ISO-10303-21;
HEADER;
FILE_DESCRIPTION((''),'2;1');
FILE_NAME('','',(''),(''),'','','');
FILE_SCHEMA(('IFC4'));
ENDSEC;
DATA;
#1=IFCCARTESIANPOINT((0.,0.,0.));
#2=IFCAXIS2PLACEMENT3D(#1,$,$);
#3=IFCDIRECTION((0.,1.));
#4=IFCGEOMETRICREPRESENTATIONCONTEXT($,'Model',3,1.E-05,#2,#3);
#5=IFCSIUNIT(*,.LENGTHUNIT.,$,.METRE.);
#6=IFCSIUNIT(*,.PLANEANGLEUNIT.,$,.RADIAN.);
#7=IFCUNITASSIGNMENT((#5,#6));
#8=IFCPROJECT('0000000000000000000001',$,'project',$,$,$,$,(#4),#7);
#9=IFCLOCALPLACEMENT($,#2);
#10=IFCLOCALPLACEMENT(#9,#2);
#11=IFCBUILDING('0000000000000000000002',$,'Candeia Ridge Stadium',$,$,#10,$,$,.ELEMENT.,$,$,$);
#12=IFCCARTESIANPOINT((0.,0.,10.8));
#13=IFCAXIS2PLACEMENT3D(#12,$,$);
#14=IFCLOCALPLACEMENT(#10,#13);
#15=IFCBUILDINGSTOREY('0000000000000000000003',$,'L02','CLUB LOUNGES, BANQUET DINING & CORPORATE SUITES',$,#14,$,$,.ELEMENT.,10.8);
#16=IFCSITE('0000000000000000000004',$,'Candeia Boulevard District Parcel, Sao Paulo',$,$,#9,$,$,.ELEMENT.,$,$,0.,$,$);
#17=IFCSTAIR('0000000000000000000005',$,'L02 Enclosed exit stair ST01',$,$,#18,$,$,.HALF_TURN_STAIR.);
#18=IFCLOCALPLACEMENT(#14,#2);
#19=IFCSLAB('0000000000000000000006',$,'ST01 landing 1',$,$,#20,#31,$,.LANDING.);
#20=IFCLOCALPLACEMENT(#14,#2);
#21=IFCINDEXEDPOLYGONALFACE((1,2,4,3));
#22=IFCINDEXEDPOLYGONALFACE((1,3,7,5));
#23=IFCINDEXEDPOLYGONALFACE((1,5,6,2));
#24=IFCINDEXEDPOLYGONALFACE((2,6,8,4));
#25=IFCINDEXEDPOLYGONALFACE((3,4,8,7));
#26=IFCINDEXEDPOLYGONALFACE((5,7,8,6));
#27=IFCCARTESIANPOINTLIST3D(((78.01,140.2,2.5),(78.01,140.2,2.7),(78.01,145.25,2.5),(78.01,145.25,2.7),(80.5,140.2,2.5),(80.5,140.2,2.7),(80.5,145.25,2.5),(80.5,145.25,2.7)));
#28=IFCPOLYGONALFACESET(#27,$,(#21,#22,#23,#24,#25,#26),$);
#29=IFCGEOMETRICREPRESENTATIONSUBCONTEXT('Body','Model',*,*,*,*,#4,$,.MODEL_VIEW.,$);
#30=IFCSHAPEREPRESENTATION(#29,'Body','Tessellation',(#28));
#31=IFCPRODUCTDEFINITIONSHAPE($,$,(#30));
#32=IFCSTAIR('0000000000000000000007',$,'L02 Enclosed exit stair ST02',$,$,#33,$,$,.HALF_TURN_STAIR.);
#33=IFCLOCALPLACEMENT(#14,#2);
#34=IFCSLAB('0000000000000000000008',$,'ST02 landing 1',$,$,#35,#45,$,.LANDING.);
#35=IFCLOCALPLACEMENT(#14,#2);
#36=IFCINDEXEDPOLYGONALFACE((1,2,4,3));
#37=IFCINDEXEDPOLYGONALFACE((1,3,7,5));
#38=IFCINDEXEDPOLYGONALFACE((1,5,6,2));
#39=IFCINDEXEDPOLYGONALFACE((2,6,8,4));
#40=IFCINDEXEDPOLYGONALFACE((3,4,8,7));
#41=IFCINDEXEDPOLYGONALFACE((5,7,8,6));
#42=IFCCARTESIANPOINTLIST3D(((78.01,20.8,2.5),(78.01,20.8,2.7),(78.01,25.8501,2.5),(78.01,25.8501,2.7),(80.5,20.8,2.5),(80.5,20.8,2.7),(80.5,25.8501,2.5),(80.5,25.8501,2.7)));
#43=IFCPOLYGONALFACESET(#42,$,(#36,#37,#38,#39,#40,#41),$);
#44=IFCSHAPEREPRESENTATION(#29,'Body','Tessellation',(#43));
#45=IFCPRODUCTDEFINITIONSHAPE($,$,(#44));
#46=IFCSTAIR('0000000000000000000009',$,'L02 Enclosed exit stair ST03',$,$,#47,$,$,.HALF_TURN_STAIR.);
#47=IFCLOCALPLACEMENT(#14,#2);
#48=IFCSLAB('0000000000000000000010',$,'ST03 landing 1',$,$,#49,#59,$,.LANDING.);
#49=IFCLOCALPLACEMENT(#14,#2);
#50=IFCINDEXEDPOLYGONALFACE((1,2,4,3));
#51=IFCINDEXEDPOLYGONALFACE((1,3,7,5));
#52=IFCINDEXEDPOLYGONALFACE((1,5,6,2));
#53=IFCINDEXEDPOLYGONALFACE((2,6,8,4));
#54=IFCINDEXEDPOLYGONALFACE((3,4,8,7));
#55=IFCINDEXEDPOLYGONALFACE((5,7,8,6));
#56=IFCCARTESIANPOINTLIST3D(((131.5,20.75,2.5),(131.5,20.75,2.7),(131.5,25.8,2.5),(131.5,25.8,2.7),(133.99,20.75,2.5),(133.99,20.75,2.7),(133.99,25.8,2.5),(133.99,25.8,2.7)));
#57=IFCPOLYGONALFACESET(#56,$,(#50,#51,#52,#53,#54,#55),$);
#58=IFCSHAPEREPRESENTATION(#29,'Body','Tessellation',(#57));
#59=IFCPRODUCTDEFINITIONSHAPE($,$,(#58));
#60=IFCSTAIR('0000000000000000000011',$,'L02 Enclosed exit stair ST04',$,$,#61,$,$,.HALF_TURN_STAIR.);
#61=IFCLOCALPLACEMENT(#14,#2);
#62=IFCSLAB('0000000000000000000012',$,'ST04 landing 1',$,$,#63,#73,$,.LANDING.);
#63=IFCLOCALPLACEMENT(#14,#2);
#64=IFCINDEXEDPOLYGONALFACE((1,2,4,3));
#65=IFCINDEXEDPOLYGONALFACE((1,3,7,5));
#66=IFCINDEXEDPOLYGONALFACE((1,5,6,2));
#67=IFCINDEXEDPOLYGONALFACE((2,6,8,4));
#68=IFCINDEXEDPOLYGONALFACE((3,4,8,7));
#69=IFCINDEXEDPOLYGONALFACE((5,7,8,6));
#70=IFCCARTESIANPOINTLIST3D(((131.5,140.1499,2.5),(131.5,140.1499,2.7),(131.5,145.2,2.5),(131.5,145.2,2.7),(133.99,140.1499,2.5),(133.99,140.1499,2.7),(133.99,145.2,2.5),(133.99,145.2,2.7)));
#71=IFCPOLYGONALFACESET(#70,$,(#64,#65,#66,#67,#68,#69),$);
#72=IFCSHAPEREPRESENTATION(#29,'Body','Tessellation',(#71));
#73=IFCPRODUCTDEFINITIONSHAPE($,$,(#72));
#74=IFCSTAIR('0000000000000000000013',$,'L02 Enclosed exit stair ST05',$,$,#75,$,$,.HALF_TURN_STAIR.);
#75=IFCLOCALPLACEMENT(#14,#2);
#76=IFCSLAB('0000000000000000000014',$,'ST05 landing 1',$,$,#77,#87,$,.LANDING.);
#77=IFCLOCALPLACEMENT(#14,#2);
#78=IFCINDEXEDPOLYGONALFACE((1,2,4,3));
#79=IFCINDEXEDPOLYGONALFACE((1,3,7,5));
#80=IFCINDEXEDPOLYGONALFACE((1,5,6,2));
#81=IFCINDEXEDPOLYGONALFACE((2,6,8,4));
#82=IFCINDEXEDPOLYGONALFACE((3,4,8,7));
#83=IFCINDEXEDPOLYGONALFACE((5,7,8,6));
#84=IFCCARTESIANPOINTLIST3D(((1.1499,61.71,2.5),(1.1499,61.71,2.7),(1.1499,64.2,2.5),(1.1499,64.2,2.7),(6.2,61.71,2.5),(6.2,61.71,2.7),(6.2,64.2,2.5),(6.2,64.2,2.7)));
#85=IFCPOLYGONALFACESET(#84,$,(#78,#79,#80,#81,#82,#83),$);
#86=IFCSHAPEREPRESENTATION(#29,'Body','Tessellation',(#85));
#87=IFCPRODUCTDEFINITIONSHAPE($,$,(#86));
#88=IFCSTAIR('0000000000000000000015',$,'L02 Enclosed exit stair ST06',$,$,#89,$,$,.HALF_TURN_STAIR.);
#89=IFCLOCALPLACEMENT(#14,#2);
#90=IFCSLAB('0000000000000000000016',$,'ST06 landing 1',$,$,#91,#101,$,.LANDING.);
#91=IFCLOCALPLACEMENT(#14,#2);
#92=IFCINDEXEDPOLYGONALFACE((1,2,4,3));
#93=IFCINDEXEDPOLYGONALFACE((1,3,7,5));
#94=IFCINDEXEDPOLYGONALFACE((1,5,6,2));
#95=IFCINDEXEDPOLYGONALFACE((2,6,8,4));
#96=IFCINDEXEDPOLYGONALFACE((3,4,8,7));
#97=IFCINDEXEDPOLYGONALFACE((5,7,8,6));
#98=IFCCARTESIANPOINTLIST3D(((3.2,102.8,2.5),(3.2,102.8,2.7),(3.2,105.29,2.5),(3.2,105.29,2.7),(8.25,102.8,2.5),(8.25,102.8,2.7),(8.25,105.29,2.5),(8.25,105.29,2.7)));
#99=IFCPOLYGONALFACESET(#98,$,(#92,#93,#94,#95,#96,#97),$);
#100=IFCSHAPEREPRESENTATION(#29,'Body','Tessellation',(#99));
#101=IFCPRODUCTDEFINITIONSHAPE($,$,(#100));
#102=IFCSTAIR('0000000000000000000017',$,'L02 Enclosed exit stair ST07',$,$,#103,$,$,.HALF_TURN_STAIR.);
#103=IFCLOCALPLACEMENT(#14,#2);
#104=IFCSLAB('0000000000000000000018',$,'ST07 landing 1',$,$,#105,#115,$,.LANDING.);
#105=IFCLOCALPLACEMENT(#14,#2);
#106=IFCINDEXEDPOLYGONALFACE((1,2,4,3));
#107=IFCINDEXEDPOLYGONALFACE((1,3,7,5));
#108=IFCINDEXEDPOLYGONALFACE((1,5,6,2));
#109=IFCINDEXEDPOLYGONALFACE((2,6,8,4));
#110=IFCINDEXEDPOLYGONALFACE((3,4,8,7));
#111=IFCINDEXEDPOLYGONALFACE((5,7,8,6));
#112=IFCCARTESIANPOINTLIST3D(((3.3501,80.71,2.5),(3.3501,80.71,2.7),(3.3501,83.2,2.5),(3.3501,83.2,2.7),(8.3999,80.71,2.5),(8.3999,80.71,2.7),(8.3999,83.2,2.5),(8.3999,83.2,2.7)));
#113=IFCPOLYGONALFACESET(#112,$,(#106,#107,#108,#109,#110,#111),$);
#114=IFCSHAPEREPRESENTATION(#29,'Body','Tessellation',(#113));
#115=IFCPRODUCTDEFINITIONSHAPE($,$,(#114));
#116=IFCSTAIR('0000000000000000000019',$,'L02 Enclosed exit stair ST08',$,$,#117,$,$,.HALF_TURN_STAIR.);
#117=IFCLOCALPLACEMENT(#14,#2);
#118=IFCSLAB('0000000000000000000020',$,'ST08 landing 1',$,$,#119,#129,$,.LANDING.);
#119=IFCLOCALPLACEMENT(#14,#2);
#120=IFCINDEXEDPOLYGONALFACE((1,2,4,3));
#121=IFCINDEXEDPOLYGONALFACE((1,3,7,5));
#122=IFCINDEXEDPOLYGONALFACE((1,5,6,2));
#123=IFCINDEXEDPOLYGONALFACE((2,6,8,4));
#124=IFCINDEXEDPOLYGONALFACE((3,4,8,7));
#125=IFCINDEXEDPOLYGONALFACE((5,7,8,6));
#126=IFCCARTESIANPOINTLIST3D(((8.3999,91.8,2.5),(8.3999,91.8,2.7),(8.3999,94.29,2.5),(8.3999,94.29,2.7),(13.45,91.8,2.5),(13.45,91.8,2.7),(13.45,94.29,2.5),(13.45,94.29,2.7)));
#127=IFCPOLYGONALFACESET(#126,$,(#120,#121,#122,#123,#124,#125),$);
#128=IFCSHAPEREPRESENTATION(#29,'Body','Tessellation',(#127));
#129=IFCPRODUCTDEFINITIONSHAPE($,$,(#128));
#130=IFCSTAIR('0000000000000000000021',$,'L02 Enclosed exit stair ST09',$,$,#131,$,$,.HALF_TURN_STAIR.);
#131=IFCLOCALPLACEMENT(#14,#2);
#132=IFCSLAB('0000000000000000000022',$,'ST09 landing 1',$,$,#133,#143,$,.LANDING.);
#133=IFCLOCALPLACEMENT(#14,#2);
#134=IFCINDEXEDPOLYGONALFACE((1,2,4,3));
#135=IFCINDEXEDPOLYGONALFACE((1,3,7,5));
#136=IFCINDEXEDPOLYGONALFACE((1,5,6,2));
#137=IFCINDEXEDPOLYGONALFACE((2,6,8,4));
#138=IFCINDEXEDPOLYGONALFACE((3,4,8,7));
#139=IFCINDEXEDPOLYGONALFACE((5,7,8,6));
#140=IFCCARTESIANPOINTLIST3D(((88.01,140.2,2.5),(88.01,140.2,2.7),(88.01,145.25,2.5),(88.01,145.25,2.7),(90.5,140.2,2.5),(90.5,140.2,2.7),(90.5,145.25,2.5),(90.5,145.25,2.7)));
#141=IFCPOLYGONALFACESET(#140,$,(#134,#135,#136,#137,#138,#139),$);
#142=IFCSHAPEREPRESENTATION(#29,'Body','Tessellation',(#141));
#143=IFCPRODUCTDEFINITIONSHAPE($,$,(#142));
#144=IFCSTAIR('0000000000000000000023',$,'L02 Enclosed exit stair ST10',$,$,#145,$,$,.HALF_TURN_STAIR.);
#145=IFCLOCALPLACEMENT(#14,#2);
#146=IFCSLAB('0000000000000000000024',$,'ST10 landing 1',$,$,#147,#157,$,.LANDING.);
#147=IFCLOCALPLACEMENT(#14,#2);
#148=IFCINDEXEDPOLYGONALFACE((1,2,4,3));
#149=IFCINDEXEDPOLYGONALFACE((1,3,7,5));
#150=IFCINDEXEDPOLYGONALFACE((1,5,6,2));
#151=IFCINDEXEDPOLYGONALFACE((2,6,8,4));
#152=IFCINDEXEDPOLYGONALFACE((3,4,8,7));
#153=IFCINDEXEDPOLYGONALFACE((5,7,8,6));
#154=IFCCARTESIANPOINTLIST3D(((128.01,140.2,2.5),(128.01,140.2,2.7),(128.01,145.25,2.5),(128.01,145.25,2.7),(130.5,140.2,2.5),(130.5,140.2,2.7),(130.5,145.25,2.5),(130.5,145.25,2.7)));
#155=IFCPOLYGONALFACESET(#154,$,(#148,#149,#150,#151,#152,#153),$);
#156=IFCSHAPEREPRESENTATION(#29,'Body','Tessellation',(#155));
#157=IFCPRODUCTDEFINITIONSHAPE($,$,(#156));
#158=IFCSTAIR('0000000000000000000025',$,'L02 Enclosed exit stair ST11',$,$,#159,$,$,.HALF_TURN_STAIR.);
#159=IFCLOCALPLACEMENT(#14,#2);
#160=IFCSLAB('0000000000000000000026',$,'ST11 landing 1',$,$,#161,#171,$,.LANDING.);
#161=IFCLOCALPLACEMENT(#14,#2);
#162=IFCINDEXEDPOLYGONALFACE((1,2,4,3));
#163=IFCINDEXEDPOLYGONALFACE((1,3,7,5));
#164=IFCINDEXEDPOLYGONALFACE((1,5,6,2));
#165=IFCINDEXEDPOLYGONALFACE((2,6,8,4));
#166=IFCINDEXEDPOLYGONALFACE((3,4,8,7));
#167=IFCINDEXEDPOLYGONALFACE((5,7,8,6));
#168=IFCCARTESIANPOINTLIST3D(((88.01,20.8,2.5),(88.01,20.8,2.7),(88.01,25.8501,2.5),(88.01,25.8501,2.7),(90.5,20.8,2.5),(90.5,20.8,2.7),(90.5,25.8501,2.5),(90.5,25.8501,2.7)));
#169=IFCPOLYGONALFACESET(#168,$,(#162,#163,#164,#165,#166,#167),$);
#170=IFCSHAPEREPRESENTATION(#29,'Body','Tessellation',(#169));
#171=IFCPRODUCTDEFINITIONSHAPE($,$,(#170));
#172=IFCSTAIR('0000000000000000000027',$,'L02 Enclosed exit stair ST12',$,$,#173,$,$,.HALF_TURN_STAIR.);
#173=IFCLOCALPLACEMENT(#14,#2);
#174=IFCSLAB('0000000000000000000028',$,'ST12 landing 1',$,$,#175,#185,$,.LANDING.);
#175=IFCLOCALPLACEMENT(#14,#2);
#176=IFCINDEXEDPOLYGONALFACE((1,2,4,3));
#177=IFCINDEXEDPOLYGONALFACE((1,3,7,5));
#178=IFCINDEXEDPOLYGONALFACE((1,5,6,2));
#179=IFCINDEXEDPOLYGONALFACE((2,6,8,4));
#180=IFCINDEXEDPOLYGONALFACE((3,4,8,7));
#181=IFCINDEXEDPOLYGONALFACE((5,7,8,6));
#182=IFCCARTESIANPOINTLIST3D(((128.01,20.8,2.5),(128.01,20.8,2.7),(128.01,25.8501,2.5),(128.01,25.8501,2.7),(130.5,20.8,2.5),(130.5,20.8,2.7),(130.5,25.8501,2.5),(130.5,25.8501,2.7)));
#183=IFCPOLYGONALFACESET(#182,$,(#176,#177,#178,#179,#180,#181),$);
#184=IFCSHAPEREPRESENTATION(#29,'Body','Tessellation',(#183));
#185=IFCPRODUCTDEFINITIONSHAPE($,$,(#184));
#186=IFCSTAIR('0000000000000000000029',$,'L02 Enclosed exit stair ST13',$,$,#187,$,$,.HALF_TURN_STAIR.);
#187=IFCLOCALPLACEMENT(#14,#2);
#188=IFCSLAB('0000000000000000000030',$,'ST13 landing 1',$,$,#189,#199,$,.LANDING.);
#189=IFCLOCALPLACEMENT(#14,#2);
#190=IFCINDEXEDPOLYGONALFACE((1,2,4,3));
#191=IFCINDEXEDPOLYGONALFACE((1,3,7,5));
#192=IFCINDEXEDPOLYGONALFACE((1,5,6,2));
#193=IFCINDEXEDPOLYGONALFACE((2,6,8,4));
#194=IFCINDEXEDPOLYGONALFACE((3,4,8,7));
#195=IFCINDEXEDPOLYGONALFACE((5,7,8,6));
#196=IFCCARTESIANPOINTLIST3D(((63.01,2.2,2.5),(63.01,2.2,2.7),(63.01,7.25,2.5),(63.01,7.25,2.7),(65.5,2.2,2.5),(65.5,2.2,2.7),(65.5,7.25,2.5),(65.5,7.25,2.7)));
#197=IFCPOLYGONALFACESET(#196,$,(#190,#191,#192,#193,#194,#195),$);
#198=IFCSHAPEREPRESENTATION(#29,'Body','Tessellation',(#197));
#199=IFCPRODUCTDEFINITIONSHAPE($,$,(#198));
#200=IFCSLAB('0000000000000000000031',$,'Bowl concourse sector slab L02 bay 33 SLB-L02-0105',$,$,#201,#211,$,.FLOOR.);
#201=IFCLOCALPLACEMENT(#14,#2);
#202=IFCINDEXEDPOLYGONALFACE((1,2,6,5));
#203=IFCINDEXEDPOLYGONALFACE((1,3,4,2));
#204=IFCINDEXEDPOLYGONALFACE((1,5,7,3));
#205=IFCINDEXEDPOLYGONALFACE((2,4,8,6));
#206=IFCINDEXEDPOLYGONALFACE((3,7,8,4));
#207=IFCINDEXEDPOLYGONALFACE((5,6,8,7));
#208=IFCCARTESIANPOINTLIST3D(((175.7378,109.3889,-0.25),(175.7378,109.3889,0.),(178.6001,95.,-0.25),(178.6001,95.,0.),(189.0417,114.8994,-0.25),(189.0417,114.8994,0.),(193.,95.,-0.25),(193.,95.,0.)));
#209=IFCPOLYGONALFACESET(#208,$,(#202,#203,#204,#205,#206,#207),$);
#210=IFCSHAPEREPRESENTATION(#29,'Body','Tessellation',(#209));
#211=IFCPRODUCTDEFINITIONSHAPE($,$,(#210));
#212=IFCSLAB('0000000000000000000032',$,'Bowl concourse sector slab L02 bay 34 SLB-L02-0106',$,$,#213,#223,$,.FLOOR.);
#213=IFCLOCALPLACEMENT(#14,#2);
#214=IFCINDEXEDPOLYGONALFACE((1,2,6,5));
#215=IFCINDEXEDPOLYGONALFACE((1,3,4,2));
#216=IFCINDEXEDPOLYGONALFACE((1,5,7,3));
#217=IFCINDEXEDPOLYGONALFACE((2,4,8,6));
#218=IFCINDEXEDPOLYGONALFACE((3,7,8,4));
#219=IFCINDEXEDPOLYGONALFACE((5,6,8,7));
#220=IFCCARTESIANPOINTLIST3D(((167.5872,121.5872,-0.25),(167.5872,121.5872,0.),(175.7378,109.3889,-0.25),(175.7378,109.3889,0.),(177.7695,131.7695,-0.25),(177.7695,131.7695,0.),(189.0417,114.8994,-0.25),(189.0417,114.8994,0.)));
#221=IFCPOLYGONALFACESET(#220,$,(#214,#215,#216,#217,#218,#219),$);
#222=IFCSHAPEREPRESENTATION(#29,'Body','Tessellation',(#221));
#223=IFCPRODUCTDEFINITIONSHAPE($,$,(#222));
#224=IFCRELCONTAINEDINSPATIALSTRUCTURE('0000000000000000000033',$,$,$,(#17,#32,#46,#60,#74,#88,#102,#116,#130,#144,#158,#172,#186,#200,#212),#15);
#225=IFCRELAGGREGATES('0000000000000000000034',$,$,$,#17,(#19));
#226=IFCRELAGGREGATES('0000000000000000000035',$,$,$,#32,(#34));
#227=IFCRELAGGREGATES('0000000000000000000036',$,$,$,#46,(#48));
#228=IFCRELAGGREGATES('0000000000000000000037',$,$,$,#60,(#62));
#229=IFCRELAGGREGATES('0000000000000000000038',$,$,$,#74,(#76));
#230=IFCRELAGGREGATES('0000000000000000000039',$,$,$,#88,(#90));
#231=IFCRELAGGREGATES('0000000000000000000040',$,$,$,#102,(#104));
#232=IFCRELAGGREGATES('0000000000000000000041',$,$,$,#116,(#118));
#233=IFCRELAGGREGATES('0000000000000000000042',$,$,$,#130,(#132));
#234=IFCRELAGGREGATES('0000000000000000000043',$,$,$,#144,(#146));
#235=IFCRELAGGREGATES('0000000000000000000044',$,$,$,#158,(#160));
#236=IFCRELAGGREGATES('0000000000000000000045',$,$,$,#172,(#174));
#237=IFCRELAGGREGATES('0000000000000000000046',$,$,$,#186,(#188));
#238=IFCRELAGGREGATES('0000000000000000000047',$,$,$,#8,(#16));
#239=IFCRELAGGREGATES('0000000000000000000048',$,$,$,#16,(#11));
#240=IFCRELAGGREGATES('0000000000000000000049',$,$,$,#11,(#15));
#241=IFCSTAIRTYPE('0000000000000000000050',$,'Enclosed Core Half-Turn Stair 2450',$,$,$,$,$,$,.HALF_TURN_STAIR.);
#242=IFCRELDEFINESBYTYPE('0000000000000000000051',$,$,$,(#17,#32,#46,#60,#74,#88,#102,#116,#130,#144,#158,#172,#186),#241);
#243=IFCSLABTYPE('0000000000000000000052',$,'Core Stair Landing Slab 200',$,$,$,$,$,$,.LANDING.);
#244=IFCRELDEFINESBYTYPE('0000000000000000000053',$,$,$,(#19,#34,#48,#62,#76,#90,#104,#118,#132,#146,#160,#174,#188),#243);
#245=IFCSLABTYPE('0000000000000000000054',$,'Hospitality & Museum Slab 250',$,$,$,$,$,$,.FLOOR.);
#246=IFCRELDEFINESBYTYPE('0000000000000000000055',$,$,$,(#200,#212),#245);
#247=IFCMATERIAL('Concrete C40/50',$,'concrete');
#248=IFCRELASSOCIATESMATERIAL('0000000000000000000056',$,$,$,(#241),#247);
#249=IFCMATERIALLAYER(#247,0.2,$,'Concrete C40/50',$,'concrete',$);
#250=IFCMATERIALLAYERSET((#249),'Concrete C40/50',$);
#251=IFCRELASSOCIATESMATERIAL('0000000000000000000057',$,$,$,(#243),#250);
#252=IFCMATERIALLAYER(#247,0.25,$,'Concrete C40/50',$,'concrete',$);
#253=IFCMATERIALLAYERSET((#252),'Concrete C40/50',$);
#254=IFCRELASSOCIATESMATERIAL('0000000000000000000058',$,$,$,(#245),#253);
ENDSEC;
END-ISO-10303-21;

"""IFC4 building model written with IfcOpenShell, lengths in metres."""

from ifc_helpers import new_model, si_unit, direction, frame, origin, place, context, subcontext, project, spatial, polyline, outline, extrude, material, layer, layer_set, type_object, element, aggregate, save


model = new_model("IFC4")

# Units and contexts
model_context = context("Model", 3, precision=1e-05, world=origin(), true_north=direction((0.0, 1.0)))
body_context = subcontext(model_context, "Body", "Model", "MODEL_VIEW")
ifc_project = project(units=[si_unit("LENGTHUNIT", "METRE"), si_unit("PLANEANGLEUNIT", "RADIAN")], contexts=[model_context])

# Site, building, storey
site_placement = place(None, origin())
site = spatial("IfcSite", under=ifc_project, at=site_placement, Name="Candeia Boulevard District Parcel, Sao Paulo", CompositionType="ELEMENT", RefElevation=0.0)
building_placement = place(site_placement, origin())
building = spatial("IfcBuilding", under=site, at=building_placement, Name="Candeia Ridge Stadium", CompositionType="ELEMENT")
storey_placement = place(building_placement, frame((0.0, 0.0, 10.8)))
storey = spatial("IfcBuildingStorey", under=building, at=storey_placement, Name="L02", Description="CLUB LOUNGES, BANQUET DINING & CORPORATE SUITES", CompositionType="ELEMENT", Elevation=10.8)

# Stairs, slabs
ifc_material = material(Name="Concrete C40/50", Category="concrete")
stair_type = type_object("IfcStairType", Name="Enclosed Core Half-Turn Stair 2450", PredefinedType="HALF_TURN_STAIR", material=ifc_material)
stair_1_placement = place(storey_placement, origin())
stair_1 = element("IfcStair", 1, at=stair_1_placement, inside=storey, type_object=stair_type, Name="L02 Enclosed exit stair ST01", PredefinedType="HALF_TURN_STAIR")
ifc_layer_1 = layer(ifc_material, 0.2, Name="Concrete C40/50", Category="concrete")
ifc_layer_set_1 = layer_set([ifc_layer_1], Name="Concrete C40/50")
slab_type_1 = type_object("IfcSlabType", Name="Core Stair Landing Slab 200", PredefinedType="LANDING", material=ifc_layer_set_1)
slab_1_placement = place(storey_placement, frame((0.0, 0.0, 2.5)))
slab_1 = element("IfcSlab", 2, at=slab_1_placement, type_object=slab_type_1, Name="ST01 landing 1", PredefinedType="LANDING", context=body_context, shape_type="SweptSolid", body=[
    extrude(outline(polyline([(78.01, 140.2), (80.5, 140.2), (80.5, 145.25), (78.01, 145.25), (78.01, 140.2)])), origin(), (0.0, 0.0, 1.0), 0.2),
])
aggregate(stair_1, [slab_1])
stair_2_placement = place(storey_placement, origin())
stair_2 = element("IfcStair", 3, at=stair_2_placement, inside=storey, type_object=stair_type, Name="L02 Enclosed exit stair ST02", PredefinedType="HALF_TURN_STAIR")
slab_2_placement = place(storey_placement, frame((0.0, 0.0, 2.5)))
slab_2 = element("IfcSlab", 4, at=slab_2_placement, type_object=slab_type_1, Name="ST02 landing 1", PredefinedType="LANDING", context=body_context, shape_type="SweptSolid", body=[
    extrude(outline(polyline([(78.01, 20.8), (80.5, 20.8), (80.5, 25.8501), (78.01, 25.8501), (78.01, 20.8)])), origin(), (0.0, 0.0, 1.0), 0.2),
])
aggregate(stair_2, [slab_2])
stair_3_placement = place(storey_placement, origin())
stair_3 = element("IfcStair", 5, at=stair_3_placement, inside=storey, type_object=stair_type, Name="L02 Enclosed exit stair ST03", PredefinedType="HALF_TURN_STAIR")
slab_3_placement = place(storey_placement, frame((0.0, 0.0, 2.5)))
slab_3 = element("IfcSlab", 6, at=slab_3_placement, type_object=slab_type_1, Name="ST03 landing 1", PredefinedType="LANDING", context=body_context, shape_type="SweptSolid", body=[
    extrude(outline(polyline([(133.99, 25.8), (131.5, 25.8), (131.5, 20.75), (133.99, 20.75), (133.99, 25.8)])), origin(), (0.0, 0.0, 1.0), 0.2),
])
aggregate(stair_3, [slab_3])
stair_4_placement = place(storey_placement, origin())
stair_4 = element("IfcStair", 7, at=stair_4_placement, inside=storey, type_object=stair_type, Name="L02 Enclosed exit stair ST04", PredefinedType="HALF_TURN_STAIR")
slab_4_placement = place(storey_placement, frame((0.0, 0.0, 2.5)))
slab_4 = element("IfcSlab", 8, at=slab_4_placement, type_object=slab_type_1, Name="ST04 landing 1", PredefinedType="LANDING", context=body_context, shape_type="SweptSolid", body=[
    extrude(outline(polyline([(133.99, 145.2), (131.5, 145.2), (131.5, 140.1499), (133.99, 140.1499), (133.99, 145.2)])), origin(), (0.0, 0.0, 1.0), 0.2),
])
aggregate(stair_4, [slab_4])
stair_5_placement = place(storey_placement, origin())
stair_5 = element("IfcStair", 9, at=stair_5_placement, inside=storey, type_object=stair_type, Name="L02 Enclosed exit stair ST05", PredefinedType="HALF_TURN_STAIR")
slab_5_placement = place(storey_placement, frame((0.0, 0.0, 2.5)))
slab_5 = element("IfcSlab", 10, at=slab_5_placement, type_object=slab_type_1, Name="ST05 landing 1", PredefinedType="LANDING", context=body_context, shape_type="SweptSolid", body=[
    extrude(outline(polyline([(6.2, 61.71), (6.2, 64.2), (1.1499, 64.2), (1.1499, 61.71), (6.2, 61.71)])), origin(), (0.0, 0.0, 1.0), 0.2),
])
aggregate(stair_5, [slab_5])
stair_6_placement = place(storey_placement, origin())
stair_6 = element("IfcStair", 11, at=stair_6_placement, inside=storey, type_object=stair_type, Name="L02 Enclosed exit stair ST06", PredefinedType="HALF_TURN_STAIR")
slab_6_placement = place(storey_placement, frame((0.0, 0.0, 2.5)))
slab_6 = element("IfcSlab", 12, at=slab_6_placement, type_object=slab_type_1, Name="ST06 landing 1", PredefinedType="LANDING", context=body_context, shape_type="SweptSolid", body=[
    extrude(outline(polyline([(3.2, 105.29), (3.2, 102.8), (8.25, 102.8), (8.25, 105.29), (3.2, 105.29)])), origin(), (0.0, 0.0, 1.0), 0.2),
])
aggregate(stair_6, [slab_6])
stair_7_placement = place(storey_placement, origin())
stair_7 = element("IfcStair", 13, at=stair_7_placement, inside=storey, type_object=stair_type, Name="L02 Enclosed exit stair ST07", PredefinedType="HALF_TURN_STAIR")
slab_7_placement = place(storey_placement, frame((0.0, 0.0, 2.5)))
slab_7 = element("IfcSlab", 14, at=slab_7_placement, type_object=slab_type_1, Name="ST07 landing 1", PredefinedType="LANDING", context=body_context, shape_type="SweptSolid", body=[
    extrude(outline(polyline([(8.3999, 80.71), (8.3999, 83.2), (3.3501, 83.2), (3.3501, 80.71), (8.3999, 80.71)])), origin(), (0.0, 0.0, 1.0), 0.2),
])
aggregate(stair_7, [slab_7])
stair_8_placement = place(storey_placement, origin())
stair_8 = element("IfcStair", 15, at=stair_8_placement, inside=storey, type_object=stair_type, Name="L02 Enclosed exit stair ST08", PredefinedType="HALF_TURN_STAIR")
slab_8_placement = place(storey_placement, frame((0.0, 0.0, 2.5)))
slab_8 = element("IfcSlab", 16, at=slab_8_placement, type_object=slab_type_1, Name="ST08 landing 1", PredefinedType="LANDING", context=body_context, shape_type="SweptSolid", body=[
    extrude(outline(polyline([(8.3999, 94.29), (8.3999, 91.8), (13.45, 91.8), (13.45, 94.29), (8.3999, 94.29)])), origin(), (0.0, 0.0, 1.0), 0.2),
])
aggregate(stair_8, [slab_8])
stair_9_placement = place(storey_placement, origin())
stair_9 = element("IfcStair", 17, at=stair_9_placement, inside=storey, type_object=stair_type, Name="L02 Enclosed exit stair ST09", PredefinedType="HALF_TURN_STAIR")
slab_9_placement = place(storey_placement, frame((0.0, 0.0, 2.5)))
slab_9 = element("IfcSlab", 18, at=slab_9_placement, type_object=slab_type_1, Name="ST09 landing 1", PredefinedType="LANDING", context=body_context, shape_type="SweptSolid", body=[
    extrude(outline(polyline([(88.01, 140.2), (90.5, 140.2), (90.5, 145.25), (88.01, 145.25), (88.01, 140.2)])), origin(), (0.0, 0.0, 1.0), 0.2),
])
aggregate(stair_9, [slab_9])
stair_10_placement = place(storey_placement, origin())
stair_10 = element("IfcStair", 19, at=stair_10_placement, inside=storey, type_object=stair_type, Name="L02 Enclosed exit stair ST10", PredefinedType="HALF_TURN_STAIR")
slab_10_placement = place(storey_placement, frame((0.0, 0.0, 2.5)))
slab_10 = element("IfcSlab", 20, at=slab_10_placement, type_object=slab_type_1, Name="ST10 landing 1", PredefinedType="LANDING", context=body_context, shape_type="SweptSolid", body=[
    extrude(outline(polyline([(128.01, 140.2), (130.5, 140.2), (130.5, 145.25), (128.01, 145.25), (128.01, 140.2)])), origin(), (0.0, 0.0, 1.0), 0.2),
])
aggregate(stair_10, [slab_10])
stair_11_placement = place(storey_placement, origin())
stair_11 = element("IfcStair", 21, at=stair_11_placement, inside=storey, type_object=stair_type, Name="L02 Enclosed exit stair ST11", PredefinedType="HALF_TURN_STAIR")
slab_11_placement = place(storey_placement, frame((0.0, 0.0, 2.5)))
slab_11 = element("IfcSlab", 22, at=slab_11_placement, type_object=slab_type_1, Name="ST11 landing 1", PredefinedType="LANDING", context=body_context, shape_type="SweptSolid", body=[
    extrude(outline(polyline([(88.01, 20.8), (90.5, 20.8), (90.5, 25.8501), (88.01, 25.8501), (88.01, 20.8)])), origin(), (0.0, 0.0, 1.0), 0.2),
])
aggregate(stair_11, [slab_11])
stair_12_placement = place(storey_placement, origin())
stair_12 = element("IfcStair", 23, at=stair_12_placement, inside=storey, type_object=stair_type, Name="L02 Enclosed exit stair ST12", PredefinedType="HALF_TURN_STAIR")
slab_12_placement = place(storey_placement, frame((0.0, 0.0, 2.5)))
slab_12 = element("IfcSlab", 24, at=slab_12_placement, type_object=slab_type_1, Name="ST12 landing 1", PredefinedType="LANDING", context=body_context, shape_type="SweptSolid", body=[
    extrude(outline(polyline([(128.01, 20.8), (130.5, 20.8), (130.5, 25.8501), (128.01, 25.8501), (128.01, 20.8)])), origin(), (0.0, 0.0, 1.0), 0.2),
])
aggregate(stair_12, [slab_12])
stair_13_placement = place(storey_placement, origin())
stair_13 = element("IfcStair", 25, at=stair_13_placement, inside=storey, type_object=stair_type, Name="L02 Enclosed exit stair ST13", PredefinedType="HALF_TURN_STAIR")
slab_13_placement = place(storey_placement, frame((0.0, 0.0, 2.5)))
slab_13 = element("IfcSlab", 26, at=slab_13_placement, type_object=slab_type_1, Name="ST13 landing 1", PredefinedType="LANDING", context=body_context, shape_type="SweptSolid", body=[
    extrude(outline(polyline([(63.01, 2.2), (65.5, 2.2), (65.5, 7.25), (63.01, 7.25), (63.01, 2.2)])), origin(), (0.0, 0.0, 1.0), 0.2),
])
aggregate(stair_13, [slab_13])

# Slabs
ifc_layer_2 = layer(ifc_material, 0.25, Name="Concrete C40/50", Category="concrete")
ifc_layer_set_2 = layer_set([ifc_layer_2], Name="Concrete C40/50")
slab_type_2 = type_object("IfcSlabType", Name="Hospitality & Museum Slab 250", PredefinedType="FLOOR", material=ifc_layer_set_2)
slab_14_placement = place(storey_placement, frame((0.0, 0.0, -0.25)))
element("IfcSlab", 27, at=slab_14_placement, inside=storey, type_object=slab_type_2, Name="Bowl concourse sector slab L02 bay 33 SLB-L02-0105", PredefinedType="FLOOR", context=body_context, shape_type="SweptSolid", body=[
    extrude(outline(polyline([(175.7378, 109.3889), (189.0417, 114.8994), (193.0, 95.0), (178.6001, 95.0), (175.7378, 109.3889)])), origin(), (0.0, 0.0, 1.0), 0.25),
])
slab_15_placement = place(storey_placement, frame((0.0, 0.0, -0.25)))
element("IfcSlab", 28, at=slab_15_placement, inside=storey, type_object=slab_type_2, Name="Bowl concourse sector slab L02 bay 34 SLB-L02-0106", PredefinedType="FLOOR", context=body_context, shape_type="SweptSolid", body=[
    extrude(outline(polyline([(167.5872, 121.5872), (177.7695, 131.7695), (189.0417, 114.8994), (175.7378, 109.3889), (167.5872, 121.5872)])), origin(), (0.0, 0.0, 1.0), 0.25),
])

save(model, "model.ifc")
